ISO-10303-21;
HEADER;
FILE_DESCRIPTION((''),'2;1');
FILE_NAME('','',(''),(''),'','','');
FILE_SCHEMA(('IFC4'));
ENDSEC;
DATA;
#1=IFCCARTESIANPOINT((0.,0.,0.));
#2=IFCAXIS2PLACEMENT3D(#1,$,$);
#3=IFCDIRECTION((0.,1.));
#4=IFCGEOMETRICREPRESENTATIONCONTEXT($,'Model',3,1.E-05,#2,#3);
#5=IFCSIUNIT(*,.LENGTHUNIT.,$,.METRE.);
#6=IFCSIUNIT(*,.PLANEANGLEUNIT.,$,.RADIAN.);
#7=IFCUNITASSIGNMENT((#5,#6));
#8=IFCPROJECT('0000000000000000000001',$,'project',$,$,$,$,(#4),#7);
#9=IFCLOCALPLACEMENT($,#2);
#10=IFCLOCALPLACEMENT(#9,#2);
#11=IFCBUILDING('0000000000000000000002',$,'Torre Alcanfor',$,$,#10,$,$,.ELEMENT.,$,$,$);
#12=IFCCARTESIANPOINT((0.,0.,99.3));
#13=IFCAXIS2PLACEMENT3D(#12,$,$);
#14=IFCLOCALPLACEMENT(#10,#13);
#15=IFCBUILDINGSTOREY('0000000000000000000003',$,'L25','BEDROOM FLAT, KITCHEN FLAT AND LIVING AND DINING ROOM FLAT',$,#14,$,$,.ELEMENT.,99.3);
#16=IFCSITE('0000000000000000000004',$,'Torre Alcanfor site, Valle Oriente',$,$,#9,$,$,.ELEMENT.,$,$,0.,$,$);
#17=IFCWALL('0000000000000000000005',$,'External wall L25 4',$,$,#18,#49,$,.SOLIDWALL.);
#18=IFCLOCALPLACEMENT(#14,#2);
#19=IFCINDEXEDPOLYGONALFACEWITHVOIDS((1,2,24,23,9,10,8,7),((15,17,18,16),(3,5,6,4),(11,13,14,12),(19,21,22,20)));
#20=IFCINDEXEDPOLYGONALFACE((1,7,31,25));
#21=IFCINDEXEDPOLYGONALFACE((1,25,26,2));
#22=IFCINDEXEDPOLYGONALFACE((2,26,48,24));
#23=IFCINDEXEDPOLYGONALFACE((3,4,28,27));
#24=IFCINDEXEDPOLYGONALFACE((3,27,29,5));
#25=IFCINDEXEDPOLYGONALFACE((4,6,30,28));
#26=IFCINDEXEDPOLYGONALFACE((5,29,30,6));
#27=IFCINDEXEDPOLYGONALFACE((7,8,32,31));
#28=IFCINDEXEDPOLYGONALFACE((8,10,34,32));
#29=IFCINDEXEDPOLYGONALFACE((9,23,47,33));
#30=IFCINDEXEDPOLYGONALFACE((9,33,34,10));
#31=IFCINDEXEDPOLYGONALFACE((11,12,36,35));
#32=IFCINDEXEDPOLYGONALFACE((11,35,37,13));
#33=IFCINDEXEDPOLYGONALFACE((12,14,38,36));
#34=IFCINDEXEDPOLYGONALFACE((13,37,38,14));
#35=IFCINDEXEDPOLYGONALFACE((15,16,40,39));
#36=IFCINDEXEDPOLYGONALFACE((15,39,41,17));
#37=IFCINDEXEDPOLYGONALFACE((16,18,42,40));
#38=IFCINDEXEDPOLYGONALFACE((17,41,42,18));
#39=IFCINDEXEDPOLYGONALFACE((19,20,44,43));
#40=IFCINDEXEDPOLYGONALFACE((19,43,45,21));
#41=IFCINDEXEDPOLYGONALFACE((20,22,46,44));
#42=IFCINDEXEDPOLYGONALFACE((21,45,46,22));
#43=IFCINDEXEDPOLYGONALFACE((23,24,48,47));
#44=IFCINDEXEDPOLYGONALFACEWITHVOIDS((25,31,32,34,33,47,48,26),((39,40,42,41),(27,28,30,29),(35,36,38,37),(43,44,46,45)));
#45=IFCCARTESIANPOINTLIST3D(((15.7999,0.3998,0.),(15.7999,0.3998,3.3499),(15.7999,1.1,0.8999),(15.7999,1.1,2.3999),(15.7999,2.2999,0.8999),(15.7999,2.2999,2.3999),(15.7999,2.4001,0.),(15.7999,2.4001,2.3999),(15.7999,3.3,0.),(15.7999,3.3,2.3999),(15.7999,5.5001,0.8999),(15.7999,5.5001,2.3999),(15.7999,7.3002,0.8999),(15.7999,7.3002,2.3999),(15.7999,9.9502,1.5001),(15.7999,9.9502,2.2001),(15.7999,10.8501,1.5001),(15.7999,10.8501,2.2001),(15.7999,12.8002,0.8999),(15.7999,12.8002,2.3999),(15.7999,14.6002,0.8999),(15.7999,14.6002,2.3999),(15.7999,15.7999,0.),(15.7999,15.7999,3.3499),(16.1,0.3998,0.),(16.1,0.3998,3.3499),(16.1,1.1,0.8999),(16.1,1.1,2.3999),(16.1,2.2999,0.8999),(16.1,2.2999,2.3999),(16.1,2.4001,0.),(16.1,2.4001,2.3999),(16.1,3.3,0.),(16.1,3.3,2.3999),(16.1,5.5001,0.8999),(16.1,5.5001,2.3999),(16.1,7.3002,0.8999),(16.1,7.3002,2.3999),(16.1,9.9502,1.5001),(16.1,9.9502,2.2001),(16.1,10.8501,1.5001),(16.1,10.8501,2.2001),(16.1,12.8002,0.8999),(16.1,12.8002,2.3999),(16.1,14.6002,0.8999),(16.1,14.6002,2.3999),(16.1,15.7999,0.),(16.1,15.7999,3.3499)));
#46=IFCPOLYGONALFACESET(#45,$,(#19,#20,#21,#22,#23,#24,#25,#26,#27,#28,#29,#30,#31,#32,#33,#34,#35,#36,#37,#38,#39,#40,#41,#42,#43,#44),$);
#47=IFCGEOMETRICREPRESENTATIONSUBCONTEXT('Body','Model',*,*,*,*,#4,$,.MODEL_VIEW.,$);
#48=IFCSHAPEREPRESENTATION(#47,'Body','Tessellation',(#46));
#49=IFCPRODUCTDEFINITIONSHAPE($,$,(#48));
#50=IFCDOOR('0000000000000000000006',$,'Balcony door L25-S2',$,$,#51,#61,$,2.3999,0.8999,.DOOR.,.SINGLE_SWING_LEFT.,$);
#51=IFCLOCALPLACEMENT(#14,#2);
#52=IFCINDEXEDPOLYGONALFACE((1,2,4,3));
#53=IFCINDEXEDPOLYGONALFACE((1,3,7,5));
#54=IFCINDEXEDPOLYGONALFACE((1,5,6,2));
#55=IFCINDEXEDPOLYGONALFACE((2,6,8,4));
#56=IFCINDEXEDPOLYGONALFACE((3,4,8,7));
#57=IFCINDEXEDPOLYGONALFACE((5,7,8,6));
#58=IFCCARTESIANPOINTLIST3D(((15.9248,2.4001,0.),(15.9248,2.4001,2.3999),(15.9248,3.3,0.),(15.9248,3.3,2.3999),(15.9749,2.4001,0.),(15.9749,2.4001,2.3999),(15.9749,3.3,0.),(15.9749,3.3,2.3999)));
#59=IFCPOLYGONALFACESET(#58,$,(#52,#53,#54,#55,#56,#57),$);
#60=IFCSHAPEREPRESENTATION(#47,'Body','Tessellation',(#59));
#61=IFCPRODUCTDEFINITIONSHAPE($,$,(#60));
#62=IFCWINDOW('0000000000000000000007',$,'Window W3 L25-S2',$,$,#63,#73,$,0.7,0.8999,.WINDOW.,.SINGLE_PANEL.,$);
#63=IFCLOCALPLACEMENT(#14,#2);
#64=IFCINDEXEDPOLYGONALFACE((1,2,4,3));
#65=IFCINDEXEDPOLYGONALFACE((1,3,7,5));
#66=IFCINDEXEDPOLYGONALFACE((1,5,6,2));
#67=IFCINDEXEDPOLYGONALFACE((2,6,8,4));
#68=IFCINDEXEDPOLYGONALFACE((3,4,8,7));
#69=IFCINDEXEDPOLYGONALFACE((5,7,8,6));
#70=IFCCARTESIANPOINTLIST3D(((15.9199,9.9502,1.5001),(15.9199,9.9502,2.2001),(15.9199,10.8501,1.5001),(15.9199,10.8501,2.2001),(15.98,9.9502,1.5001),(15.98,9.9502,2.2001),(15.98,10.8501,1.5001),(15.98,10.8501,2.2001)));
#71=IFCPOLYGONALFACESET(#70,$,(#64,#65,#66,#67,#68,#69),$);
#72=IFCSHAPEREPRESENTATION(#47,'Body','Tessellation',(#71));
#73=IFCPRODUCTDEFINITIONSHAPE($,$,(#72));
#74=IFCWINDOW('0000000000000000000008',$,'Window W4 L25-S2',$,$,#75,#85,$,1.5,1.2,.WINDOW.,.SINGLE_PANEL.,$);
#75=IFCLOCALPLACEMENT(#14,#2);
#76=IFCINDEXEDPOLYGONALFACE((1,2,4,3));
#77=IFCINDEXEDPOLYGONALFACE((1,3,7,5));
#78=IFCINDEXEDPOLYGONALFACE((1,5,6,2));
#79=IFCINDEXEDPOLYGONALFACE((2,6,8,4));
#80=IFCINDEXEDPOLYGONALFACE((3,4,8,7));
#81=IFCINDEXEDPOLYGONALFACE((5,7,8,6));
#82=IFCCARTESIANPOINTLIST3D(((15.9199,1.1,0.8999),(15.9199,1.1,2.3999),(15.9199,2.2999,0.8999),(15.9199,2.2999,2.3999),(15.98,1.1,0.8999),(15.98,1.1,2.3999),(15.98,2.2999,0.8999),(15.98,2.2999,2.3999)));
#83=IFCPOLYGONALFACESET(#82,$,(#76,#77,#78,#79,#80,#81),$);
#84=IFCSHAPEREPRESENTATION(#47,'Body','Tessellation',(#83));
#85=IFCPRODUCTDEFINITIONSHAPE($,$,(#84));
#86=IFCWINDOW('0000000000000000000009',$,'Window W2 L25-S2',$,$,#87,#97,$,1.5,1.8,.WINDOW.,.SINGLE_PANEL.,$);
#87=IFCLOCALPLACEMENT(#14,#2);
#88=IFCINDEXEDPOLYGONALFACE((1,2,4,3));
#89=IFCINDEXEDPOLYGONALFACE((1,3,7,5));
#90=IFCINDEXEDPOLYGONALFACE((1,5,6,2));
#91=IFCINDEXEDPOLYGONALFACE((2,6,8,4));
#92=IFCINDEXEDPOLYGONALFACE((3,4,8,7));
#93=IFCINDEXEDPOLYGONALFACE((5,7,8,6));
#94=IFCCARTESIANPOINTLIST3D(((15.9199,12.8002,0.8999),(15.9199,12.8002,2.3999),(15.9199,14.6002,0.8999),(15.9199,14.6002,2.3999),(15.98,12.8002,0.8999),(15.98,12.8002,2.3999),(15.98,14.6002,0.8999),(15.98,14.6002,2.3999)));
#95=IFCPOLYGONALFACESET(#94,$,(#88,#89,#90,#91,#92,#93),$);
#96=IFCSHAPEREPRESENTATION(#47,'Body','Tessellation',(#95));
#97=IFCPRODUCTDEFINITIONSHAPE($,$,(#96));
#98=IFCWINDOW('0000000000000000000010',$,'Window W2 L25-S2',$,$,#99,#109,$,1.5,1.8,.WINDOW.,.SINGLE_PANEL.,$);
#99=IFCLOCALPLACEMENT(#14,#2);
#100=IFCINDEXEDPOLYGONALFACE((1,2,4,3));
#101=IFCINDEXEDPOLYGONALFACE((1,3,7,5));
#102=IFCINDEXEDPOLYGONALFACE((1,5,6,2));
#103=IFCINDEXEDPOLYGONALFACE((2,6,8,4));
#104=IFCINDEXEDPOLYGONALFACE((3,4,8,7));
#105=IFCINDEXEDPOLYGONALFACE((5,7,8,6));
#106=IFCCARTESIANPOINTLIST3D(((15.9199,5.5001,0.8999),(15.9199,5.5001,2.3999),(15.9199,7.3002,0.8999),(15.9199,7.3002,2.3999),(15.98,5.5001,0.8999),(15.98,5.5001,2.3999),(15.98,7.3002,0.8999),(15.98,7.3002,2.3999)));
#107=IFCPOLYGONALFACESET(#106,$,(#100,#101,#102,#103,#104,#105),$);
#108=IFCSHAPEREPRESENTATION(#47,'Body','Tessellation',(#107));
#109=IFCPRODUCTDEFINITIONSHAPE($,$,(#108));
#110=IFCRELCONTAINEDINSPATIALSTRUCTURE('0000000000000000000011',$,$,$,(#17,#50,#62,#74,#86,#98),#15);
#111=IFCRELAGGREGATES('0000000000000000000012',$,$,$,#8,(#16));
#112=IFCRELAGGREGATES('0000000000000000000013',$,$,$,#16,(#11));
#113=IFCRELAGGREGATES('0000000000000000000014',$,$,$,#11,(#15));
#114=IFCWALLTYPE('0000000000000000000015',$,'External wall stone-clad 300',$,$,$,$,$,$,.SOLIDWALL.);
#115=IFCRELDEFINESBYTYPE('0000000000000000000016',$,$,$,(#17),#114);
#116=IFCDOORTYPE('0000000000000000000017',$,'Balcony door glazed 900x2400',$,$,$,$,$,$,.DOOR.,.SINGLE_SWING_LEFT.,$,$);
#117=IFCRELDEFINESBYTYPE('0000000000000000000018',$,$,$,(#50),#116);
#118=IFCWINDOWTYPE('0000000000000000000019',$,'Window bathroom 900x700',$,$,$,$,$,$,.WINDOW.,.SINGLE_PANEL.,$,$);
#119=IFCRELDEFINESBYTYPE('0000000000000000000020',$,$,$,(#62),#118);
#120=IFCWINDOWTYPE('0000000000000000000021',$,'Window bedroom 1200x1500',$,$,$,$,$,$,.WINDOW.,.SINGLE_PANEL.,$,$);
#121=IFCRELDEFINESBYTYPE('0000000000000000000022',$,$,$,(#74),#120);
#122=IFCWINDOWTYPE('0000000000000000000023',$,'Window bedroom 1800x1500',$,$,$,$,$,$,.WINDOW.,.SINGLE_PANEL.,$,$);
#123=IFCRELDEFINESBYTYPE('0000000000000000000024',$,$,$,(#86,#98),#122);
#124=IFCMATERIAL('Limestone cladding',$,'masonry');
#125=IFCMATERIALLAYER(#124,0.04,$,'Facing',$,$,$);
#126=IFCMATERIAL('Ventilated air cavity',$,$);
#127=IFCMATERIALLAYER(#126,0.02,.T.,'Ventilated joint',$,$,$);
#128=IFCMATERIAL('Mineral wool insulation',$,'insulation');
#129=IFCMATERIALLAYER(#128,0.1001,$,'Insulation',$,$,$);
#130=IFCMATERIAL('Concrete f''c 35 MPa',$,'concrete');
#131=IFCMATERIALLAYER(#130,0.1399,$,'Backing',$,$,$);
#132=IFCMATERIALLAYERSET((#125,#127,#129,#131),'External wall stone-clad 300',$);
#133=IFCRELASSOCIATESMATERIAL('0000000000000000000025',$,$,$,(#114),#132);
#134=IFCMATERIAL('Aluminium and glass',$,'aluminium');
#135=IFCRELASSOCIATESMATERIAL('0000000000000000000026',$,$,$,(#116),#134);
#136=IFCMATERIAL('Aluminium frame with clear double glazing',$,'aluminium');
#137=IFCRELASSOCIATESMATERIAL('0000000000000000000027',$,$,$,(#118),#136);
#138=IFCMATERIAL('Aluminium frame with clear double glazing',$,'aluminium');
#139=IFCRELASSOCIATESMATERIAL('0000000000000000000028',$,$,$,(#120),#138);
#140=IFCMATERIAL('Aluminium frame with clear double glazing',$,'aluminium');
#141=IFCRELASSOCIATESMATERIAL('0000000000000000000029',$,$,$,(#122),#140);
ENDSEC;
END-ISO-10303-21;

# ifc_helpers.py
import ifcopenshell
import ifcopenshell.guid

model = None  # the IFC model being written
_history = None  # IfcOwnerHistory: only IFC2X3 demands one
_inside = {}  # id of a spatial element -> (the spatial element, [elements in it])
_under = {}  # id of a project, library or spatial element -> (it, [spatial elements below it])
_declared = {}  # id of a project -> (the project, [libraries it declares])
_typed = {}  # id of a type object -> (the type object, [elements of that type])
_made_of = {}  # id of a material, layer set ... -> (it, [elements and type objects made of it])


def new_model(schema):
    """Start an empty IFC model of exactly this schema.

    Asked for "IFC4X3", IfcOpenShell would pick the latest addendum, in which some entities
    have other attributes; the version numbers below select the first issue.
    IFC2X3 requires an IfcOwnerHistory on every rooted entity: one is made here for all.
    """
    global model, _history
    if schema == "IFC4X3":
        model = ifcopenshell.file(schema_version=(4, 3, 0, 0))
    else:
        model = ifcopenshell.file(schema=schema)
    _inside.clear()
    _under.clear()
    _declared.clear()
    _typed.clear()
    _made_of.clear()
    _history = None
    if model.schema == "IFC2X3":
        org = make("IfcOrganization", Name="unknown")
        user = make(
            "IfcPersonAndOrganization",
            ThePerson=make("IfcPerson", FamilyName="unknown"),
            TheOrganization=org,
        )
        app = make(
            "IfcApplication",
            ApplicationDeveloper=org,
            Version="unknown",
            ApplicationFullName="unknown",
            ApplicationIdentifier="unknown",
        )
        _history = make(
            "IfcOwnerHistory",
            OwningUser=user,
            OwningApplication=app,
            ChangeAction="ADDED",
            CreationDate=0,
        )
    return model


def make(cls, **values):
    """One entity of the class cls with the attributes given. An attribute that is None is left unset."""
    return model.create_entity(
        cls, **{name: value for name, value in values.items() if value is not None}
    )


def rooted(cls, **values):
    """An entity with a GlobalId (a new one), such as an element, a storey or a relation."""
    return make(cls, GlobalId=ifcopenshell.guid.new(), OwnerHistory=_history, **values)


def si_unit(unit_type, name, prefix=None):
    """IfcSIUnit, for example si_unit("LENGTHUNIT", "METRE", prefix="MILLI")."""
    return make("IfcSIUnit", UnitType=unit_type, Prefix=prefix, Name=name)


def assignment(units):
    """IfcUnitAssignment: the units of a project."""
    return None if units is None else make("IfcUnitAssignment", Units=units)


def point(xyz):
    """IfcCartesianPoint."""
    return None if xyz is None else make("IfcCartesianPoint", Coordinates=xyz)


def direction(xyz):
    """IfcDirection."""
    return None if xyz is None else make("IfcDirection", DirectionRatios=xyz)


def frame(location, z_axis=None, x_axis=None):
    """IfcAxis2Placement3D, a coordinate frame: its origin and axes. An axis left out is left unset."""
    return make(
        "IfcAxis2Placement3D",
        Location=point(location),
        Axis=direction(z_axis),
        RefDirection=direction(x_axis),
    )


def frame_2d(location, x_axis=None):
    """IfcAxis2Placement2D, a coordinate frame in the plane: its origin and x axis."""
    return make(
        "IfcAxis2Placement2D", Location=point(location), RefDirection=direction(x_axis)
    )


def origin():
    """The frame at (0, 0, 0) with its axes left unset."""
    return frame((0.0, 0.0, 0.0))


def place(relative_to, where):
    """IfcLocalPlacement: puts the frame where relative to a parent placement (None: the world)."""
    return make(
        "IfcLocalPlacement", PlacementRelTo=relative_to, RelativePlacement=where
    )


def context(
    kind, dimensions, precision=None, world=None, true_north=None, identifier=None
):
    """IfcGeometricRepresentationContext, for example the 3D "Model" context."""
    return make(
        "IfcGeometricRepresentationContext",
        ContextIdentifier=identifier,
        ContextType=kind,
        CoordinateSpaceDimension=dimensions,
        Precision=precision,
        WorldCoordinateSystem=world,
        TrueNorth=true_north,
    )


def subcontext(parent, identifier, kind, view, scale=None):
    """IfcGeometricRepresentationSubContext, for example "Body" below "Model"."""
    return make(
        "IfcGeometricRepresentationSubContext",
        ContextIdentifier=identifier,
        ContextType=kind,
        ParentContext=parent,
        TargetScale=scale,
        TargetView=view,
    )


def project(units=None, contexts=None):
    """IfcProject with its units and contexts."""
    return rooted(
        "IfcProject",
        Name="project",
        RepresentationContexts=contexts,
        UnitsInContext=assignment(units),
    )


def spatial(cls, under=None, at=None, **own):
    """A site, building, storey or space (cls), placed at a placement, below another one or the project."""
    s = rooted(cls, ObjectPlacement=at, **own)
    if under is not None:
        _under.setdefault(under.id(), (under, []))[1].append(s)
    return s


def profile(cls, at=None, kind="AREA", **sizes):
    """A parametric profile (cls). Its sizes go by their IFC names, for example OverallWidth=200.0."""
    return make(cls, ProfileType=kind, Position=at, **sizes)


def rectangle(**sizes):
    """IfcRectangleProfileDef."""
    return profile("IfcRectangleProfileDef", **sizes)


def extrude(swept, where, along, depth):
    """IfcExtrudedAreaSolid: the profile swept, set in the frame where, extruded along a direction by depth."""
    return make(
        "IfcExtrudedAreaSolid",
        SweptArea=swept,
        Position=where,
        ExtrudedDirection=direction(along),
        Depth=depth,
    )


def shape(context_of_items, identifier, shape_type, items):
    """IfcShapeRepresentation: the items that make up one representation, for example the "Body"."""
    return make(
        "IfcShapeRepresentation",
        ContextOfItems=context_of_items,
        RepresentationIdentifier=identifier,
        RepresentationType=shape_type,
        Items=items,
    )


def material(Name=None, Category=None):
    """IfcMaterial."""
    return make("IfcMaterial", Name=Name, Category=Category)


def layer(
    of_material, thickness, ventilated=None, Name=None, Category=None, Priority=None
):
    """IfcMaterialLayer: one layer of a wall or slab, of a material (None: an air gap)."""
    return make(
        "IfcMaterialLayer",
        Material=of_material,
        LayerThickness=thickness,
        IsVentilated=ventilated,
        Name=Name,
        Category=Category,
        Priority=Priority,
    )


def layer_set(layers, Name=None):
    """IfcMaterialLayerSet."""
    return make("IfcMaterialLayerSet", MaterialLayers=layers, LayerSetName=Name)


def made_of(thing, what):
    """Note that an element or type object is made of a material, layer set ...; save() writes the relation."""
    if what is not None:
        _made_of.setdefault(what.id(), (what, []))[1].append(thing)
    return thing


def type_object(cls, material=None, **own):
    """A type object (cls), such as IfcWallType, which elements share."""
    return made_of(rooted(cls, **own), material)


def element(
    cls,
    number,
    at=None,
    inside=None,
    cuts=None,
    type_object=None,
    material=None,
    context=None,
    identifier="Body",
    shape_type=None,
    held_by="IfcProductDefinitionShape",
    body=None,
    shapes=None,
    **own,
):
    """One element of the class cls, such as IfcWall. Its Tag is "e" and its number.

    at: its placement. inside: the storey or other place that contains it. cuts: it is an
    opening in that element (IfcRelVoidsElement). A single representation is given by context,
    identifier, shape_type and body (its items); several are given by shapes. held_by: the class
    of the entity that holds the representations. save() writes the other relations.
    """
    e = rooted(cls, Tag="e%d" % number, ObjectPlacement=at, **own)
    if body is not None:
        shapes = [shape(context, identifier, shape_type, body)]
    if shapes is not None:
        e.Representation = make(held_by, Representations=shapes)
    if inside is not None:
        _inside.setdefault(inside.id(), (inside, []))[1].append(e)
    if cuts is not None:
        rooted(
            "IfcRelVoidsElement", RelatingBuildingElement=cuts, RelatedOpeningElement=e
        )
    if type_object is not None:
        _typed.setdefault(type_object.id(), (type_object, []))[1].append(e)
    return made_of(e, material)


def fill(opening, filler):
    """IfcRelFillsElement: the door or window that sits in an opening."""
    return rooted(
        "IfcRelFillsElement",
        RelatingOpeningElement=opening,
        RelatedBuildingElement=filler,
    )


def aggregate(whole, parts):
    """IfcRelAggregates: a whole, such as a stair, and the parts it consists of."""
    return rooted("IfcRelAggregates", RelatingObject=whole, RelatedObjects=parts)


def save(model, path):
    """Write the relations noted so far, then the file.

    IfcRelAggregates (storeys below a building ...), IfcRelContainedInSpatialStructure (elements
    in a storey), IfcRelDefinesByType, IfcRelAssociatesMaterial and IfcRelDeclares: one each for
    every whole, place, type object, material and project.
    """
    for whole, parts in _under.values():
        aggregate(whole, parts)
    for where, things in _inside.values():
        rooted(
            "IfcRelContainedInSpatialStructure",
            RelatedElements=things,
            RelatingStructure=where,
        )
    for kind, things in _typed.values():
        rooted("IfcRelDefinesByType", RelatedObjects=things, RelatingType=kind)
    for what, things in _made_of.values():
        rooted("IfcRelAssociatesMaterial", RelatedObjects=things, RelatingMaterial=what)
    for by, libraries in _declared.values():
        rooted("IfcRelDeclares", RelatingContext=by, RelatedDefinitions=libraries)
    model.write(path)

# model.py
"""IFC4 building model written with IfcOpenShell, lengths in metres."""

from ifc_helpers import new_model, si_unit, direction, frame, frame_2d, origin, place, context, subcontext, project, spatial, rectangle, extrude, material, layer, layer_set, type_object, element, fill, save


model = new_model("IFC4")

# Units and contexts
model_context = context("Model", 3, precision=1e-05, world=origin(), true_north=direction((0.0, 1.0)))
body_context = subcontext(model_context, "Body", "Model", "MODEL_VIEW")
ifc_project = project(units=[si_unit("LENGTHUNIT", "METRE"), si_unit("PLANEANGLEUNIT", "RADIAN")], contexts=[model_context])

# Site, building, storey
site_placement = place(None, origin())
site = spatial("IfcSite", under=ifc_project, at=site_placement, Name="Torre Alcanfor site, Valle Oriente", CompositionType="ELEMENT", RefElevation=0.0)
building_placement = place(site_placement, origin())
building = spatial("IfcBuilding", under=site, at=building_placement, Name="Torre Alcanfor", CompositionType="ELEMENT")
storey_placement = place(building_placement, frame((0.0, 0.0, 99.3)))
storey = spatial("IfcBuildingStorey", under=building, at=storey_placement, Name="L25", Description="BEDROOM FLAT, KITCHEN FLAT AND LIVING AND DINING ROOM FLAT", CompositionType="ELEMENT", Elevation=99.3)

# Wall, openings, door, windows
ifc_material_1 = material(Name="Limestone cladding", Category="masonry")
ifc_layer_1 = layer(ifc_material_1, 0.04, Name="Facing")
ifc_material_2 = material(Name="Ventilated air cavity")
ifc_layer_2 = layer(ifc_material_2, 0.02, ventilated=True, Name="Ventilated joint")
ifc_material_3 = material(Name="Mineral wool insulation", Category="insulation")
ifc_layer_3 = layer(ifc_material_3, 0.1001, Name="Insulation")
ifc_material_4 = material(Name="Concrete f'c 35 MPa", Category="concrete")
ifc_layer_4 = layer(ifc_material_4, 0.1399, Name="Backing")
ifc_layer_set_1 = layer_set([ifc_layer_1, ifc_layer_2, ifc_layer_3, ifc_layer_4], Name="External wall stone-clad 300")
wall_type_1 = type_object("IfcWallType", Name="External wall stone-clad 300", PredefinedType="SOLIDWALL", material=ifc_layer_set_1)
wall_1_placement = place(storey_placement, frame((15.95, 15.8, 0.0), z_axis=(0.0, 0.0, 1.0), x_axis=(0.0, -1.0, 0.0)))
wall_1 = element("IfcWall", 1, at=wall_1_placement, inside=storey, type_object=wall_type_1, Name="External wall L25 4", PredefinedType="SOLIDWALL", context=body_context, shape_type="SweptSolid", body=[
    extrude(rectangle(XDim=15.4001, YDim=0.3, at=frame_2d((7.7002, 0.0))), origin(), (0.0, 0.0, 1.0), 3.3499),
])
opening_1_placement = place(wall_1_placement, frame((1.2, 0.0, 0.8999)))
opening_1 = element("IfcOpeningElement", 2, at=opening_1_placement, cuts=wall_1, PredefinedType="OPENING", context=body_context, shape_type="SweptSolid", body=[
    extrude(rectangle(XDim=1.8, YDim=1.5, at=frame_2d((0.8999, 0.75))), frame((0.0, 0.1599, 0.0), z_axis=(0.0, -1.0, 0.0), x_axis=(1.0, 0.0, 0.0)), (0.0, 0.0, 1.0), 0.3201),
])
opening_2_placement = place(wall_1_placement, frame((4.95, 0.0, 1.5)))
opening_2 = element("IfcOpeningElement", 3, at=opening_2_placement, cuts=wall_1, PredefinedType="OPENING", context=body_context, shape_type="SweptSolid", body=[
    extrude(rectangle(XDim=0.8999, YDim=0.7, at=frame_2d((0.45, 0.3501))), frame((0.0, 0.1599, 0.0), z_axis=(0.0, -1.0, 0.0), x_axis=(1.0, 0.0, 0.0)), (0.0, 0.0, 1.0), 0.3201),
])
opening_3_placement = place(wall_1_placement, frame((8.5, 0.0, 0.8999)))
opening_3 = element("IfcOpeningElement", 4, at=opening_3_placement, cuts=wall_1, PredefinedType="OPENING", context=body_context, shape_type="SweptSolid", body=[
    extrude(rectangle(XDim=1.8, YDim=1.5, at=frame_2d((0.8999, 0.75))), frame((0.0, 0.1599, 0.0), z_axis=(0.0, -1.0, 0.0), x_axis=(1.0, 0.0, 0.0)), (0.0, 0.0, 1.0), 0.3201),
])
opening_4_placement = place(wall_1_placement, frame((12.5, 0.0, 0.0)))
opening_4 = element("IfcOpeningElement", 5, at=opening_4_placement, cuts=wall_1, PredefinedType="OPENING", context=body_context, shape_type="SweptSolid", body=[
    extrude(rectangle(XDim=0.8999, YDim=2.3999, at=frame_2d((0.45, 1.2))), frame((0.0, 0.1599, 0.0), z_axis=(0.0, -1.0, 0.0), x_axis=(1.0, 0.0, 0.0)), (0.0, 0.0, 1.0), 0.3201),
])
opening_5_placement = place(wall_1_placement, frame((13.5, 0.0, 0.8999)))
opening_5 = element("IfcOpeningElement", 6, at=opening_5_placement, cuts=wall_1, PredefinedType="OPENING", context=body_context, shape_type="SweptSolid", body=[
    extrude(rectangle(XDim=1.2, YDim=1.5, at=frame_2d((0.6001, 0.75))), frame((0.0, 0.1599, 0.0), z_axis=(0.0, -1.0, 0.0), x_axis=(1.0, 0.0, 0.0)), (0.0, 0.0, 1.0), 0.3201),
])
ifc_material_5 = material(Name="Aluminium and glass", Category="aluminium")
door_type = type_object("IfcDoorType", Name="Balcony door glazed 900x2400", OperationType="SINGLE_SWING_LEFT", PredefinedType="DOOR", material=ifc_material_5)
door_placement = place(opening_4_placement, origin())
door = element("IfcDoor", 7, at=door_placement, inside=storey, type_object=door_type, Name="Balcony door L25-S2", OperationType="SINGLE_SWING_LEFT", OverallHeight=2.3999, OverallWidth=0.8999, PredefinedType="DOOR", context=body_context, shape_type="SweptSolid", body=[
    extrude(rectangle(XDim=0.8999, YDim=2.3999, at=frame_2d((0.45, 1.2))), frame((0.0, 0.0249, 0.0), z_axis=(0.0, -1.0, 0.0), x_axis=(1.0, 0.0, 0.0)), (0.0, 0.0, 1.0), 0.05),
])
fill(opening_4, door)
ifc_material_6 = material(Name="Aluminium frame with clear double glazing", Category="aluminium")
window_type_1 = type_object("IfcWindowType", Name="Window bathroom 900x700", PartitioningType="SINGLE_PANEL", PredefinedType="WINDOW", material=ifc_material_6)
window_1_placement = place(opening_2_placement, origin())
window_1 = element("IfcWindow", 8, at=window_1_placement, inside=storey, type_object=window_type_1, Name="Window W3 L25-S2", OverallHeight=0.7, OverallWidth=0.8999, PartitioningType="SINGLE_PANEL", PredefinedType="WINDOW", context=body_context, shape_type="SweptSolid", body=[
    extrude(rectangle(XDim=0.8999, YDim=0.7, at=frame_2d((0.45, 0.3501))), frame((0.0, 0.03, 0.0), z_axis=(0.0, -1.0, 0.0), x_axis=(1.0, 0.0, 0.0)), (0.0, 0.0, 1.0), 0.0601),
])
fill(opening_2, window_1)
ifc_material_7 = material(Name="Aluminium frame with clear double glazing", Category="aluminium")
window_type_2 = type_object("IfcWindowType", Name="Window bedroom 1200x1500", PartitioningType="SINGLE_PANEL", PredefinedType="WINDOW", material=ifc_material_7)
window_2_placement = place(opening_5_placement, origin())
window_2 = element("IfcWindow", 9, at=window_2_placement, inside=storey, type_object=window_type_2, Name="Window W4 L25-S2", OverallHeight=1.5, OverallWidth=1.2, PartitioningType="SINGLE_PANEL", PredefinedType="WINDOW", context=body_context, shape_type="SweptSolid", body=[
    extrude(rectangle(XDim=1.2, YDim=1.5, at=frame_2d((0.6001, 0.75))), frame((0.0, 0.03, 0.0), z_axis=(0.0, -1.0, 0.0), x_axis=(1.0, 0.0, 0.0)), (0.0, 0.0, 1.0), 0.0601),
])
fill(opening_5, window_2)
ifc_material_8 = material(Name="Aluminium frame with clear double glazing", Category="aluminium")
window_type_3 = type_object("IfcWindowType", Name="Window bedroom 1800x1500", PartitioningType="SINGLE_PANEL", PredefinedType="WINDOW", material=ifc_material_8)
window_3_placement = place(opening_1_placement, origin())
window_3 = element("IfcWindow", 10, at=window_3_placement, inside=storey, type_object=window_type_3, Name="Window W2 L25-S2", OverallHeight=1.5, OverallWidth=1.8, PartitioningType="SINGLE_PANEL", PredefinedType="WINDOW", context=body_context, shape_type="SweptSolid", body=[
    extrude(rectangle(XDim=1.8, YDim=1.5, at=frame_2d((0.8999, 0.75))), frame((0.0, 0.03, 0.0), z_axis=(0.0, -1.0, 0.0), x_axis=(1.0, 0.0, 0.0)), (0.0, 0.0, 1.0), 0.0601),
])
fill(opening_1, window_3)
window_4_placement = place(opening_3_placement, origin())
window_4 = element("IfcWindow", 11, at=window_4_placement, inside=storey, type_object=window_type_3, Name="Window W2 L25-S2", OverallHeight=1.5, OverallWidth=1.8, PartitioningType="SINGLE_PANEL", PredefinedType="WINDOW", context=body_context, shape_type="SweptSolid", body=[
    extrude(rectangle(XDim=1.8, YDim=1.5, at=frame_2d((0.8999, 0.75))), frame((0.0, 0.03, 0.0), z_axis=(0.0, -1.0, 0.0), x_axis=(1.0, 0.0, 0.0)), (0.0, 0.0, 1.0), 0.0601),
])
fill(opening_3, window_4)

save(model, "model.ifc")
